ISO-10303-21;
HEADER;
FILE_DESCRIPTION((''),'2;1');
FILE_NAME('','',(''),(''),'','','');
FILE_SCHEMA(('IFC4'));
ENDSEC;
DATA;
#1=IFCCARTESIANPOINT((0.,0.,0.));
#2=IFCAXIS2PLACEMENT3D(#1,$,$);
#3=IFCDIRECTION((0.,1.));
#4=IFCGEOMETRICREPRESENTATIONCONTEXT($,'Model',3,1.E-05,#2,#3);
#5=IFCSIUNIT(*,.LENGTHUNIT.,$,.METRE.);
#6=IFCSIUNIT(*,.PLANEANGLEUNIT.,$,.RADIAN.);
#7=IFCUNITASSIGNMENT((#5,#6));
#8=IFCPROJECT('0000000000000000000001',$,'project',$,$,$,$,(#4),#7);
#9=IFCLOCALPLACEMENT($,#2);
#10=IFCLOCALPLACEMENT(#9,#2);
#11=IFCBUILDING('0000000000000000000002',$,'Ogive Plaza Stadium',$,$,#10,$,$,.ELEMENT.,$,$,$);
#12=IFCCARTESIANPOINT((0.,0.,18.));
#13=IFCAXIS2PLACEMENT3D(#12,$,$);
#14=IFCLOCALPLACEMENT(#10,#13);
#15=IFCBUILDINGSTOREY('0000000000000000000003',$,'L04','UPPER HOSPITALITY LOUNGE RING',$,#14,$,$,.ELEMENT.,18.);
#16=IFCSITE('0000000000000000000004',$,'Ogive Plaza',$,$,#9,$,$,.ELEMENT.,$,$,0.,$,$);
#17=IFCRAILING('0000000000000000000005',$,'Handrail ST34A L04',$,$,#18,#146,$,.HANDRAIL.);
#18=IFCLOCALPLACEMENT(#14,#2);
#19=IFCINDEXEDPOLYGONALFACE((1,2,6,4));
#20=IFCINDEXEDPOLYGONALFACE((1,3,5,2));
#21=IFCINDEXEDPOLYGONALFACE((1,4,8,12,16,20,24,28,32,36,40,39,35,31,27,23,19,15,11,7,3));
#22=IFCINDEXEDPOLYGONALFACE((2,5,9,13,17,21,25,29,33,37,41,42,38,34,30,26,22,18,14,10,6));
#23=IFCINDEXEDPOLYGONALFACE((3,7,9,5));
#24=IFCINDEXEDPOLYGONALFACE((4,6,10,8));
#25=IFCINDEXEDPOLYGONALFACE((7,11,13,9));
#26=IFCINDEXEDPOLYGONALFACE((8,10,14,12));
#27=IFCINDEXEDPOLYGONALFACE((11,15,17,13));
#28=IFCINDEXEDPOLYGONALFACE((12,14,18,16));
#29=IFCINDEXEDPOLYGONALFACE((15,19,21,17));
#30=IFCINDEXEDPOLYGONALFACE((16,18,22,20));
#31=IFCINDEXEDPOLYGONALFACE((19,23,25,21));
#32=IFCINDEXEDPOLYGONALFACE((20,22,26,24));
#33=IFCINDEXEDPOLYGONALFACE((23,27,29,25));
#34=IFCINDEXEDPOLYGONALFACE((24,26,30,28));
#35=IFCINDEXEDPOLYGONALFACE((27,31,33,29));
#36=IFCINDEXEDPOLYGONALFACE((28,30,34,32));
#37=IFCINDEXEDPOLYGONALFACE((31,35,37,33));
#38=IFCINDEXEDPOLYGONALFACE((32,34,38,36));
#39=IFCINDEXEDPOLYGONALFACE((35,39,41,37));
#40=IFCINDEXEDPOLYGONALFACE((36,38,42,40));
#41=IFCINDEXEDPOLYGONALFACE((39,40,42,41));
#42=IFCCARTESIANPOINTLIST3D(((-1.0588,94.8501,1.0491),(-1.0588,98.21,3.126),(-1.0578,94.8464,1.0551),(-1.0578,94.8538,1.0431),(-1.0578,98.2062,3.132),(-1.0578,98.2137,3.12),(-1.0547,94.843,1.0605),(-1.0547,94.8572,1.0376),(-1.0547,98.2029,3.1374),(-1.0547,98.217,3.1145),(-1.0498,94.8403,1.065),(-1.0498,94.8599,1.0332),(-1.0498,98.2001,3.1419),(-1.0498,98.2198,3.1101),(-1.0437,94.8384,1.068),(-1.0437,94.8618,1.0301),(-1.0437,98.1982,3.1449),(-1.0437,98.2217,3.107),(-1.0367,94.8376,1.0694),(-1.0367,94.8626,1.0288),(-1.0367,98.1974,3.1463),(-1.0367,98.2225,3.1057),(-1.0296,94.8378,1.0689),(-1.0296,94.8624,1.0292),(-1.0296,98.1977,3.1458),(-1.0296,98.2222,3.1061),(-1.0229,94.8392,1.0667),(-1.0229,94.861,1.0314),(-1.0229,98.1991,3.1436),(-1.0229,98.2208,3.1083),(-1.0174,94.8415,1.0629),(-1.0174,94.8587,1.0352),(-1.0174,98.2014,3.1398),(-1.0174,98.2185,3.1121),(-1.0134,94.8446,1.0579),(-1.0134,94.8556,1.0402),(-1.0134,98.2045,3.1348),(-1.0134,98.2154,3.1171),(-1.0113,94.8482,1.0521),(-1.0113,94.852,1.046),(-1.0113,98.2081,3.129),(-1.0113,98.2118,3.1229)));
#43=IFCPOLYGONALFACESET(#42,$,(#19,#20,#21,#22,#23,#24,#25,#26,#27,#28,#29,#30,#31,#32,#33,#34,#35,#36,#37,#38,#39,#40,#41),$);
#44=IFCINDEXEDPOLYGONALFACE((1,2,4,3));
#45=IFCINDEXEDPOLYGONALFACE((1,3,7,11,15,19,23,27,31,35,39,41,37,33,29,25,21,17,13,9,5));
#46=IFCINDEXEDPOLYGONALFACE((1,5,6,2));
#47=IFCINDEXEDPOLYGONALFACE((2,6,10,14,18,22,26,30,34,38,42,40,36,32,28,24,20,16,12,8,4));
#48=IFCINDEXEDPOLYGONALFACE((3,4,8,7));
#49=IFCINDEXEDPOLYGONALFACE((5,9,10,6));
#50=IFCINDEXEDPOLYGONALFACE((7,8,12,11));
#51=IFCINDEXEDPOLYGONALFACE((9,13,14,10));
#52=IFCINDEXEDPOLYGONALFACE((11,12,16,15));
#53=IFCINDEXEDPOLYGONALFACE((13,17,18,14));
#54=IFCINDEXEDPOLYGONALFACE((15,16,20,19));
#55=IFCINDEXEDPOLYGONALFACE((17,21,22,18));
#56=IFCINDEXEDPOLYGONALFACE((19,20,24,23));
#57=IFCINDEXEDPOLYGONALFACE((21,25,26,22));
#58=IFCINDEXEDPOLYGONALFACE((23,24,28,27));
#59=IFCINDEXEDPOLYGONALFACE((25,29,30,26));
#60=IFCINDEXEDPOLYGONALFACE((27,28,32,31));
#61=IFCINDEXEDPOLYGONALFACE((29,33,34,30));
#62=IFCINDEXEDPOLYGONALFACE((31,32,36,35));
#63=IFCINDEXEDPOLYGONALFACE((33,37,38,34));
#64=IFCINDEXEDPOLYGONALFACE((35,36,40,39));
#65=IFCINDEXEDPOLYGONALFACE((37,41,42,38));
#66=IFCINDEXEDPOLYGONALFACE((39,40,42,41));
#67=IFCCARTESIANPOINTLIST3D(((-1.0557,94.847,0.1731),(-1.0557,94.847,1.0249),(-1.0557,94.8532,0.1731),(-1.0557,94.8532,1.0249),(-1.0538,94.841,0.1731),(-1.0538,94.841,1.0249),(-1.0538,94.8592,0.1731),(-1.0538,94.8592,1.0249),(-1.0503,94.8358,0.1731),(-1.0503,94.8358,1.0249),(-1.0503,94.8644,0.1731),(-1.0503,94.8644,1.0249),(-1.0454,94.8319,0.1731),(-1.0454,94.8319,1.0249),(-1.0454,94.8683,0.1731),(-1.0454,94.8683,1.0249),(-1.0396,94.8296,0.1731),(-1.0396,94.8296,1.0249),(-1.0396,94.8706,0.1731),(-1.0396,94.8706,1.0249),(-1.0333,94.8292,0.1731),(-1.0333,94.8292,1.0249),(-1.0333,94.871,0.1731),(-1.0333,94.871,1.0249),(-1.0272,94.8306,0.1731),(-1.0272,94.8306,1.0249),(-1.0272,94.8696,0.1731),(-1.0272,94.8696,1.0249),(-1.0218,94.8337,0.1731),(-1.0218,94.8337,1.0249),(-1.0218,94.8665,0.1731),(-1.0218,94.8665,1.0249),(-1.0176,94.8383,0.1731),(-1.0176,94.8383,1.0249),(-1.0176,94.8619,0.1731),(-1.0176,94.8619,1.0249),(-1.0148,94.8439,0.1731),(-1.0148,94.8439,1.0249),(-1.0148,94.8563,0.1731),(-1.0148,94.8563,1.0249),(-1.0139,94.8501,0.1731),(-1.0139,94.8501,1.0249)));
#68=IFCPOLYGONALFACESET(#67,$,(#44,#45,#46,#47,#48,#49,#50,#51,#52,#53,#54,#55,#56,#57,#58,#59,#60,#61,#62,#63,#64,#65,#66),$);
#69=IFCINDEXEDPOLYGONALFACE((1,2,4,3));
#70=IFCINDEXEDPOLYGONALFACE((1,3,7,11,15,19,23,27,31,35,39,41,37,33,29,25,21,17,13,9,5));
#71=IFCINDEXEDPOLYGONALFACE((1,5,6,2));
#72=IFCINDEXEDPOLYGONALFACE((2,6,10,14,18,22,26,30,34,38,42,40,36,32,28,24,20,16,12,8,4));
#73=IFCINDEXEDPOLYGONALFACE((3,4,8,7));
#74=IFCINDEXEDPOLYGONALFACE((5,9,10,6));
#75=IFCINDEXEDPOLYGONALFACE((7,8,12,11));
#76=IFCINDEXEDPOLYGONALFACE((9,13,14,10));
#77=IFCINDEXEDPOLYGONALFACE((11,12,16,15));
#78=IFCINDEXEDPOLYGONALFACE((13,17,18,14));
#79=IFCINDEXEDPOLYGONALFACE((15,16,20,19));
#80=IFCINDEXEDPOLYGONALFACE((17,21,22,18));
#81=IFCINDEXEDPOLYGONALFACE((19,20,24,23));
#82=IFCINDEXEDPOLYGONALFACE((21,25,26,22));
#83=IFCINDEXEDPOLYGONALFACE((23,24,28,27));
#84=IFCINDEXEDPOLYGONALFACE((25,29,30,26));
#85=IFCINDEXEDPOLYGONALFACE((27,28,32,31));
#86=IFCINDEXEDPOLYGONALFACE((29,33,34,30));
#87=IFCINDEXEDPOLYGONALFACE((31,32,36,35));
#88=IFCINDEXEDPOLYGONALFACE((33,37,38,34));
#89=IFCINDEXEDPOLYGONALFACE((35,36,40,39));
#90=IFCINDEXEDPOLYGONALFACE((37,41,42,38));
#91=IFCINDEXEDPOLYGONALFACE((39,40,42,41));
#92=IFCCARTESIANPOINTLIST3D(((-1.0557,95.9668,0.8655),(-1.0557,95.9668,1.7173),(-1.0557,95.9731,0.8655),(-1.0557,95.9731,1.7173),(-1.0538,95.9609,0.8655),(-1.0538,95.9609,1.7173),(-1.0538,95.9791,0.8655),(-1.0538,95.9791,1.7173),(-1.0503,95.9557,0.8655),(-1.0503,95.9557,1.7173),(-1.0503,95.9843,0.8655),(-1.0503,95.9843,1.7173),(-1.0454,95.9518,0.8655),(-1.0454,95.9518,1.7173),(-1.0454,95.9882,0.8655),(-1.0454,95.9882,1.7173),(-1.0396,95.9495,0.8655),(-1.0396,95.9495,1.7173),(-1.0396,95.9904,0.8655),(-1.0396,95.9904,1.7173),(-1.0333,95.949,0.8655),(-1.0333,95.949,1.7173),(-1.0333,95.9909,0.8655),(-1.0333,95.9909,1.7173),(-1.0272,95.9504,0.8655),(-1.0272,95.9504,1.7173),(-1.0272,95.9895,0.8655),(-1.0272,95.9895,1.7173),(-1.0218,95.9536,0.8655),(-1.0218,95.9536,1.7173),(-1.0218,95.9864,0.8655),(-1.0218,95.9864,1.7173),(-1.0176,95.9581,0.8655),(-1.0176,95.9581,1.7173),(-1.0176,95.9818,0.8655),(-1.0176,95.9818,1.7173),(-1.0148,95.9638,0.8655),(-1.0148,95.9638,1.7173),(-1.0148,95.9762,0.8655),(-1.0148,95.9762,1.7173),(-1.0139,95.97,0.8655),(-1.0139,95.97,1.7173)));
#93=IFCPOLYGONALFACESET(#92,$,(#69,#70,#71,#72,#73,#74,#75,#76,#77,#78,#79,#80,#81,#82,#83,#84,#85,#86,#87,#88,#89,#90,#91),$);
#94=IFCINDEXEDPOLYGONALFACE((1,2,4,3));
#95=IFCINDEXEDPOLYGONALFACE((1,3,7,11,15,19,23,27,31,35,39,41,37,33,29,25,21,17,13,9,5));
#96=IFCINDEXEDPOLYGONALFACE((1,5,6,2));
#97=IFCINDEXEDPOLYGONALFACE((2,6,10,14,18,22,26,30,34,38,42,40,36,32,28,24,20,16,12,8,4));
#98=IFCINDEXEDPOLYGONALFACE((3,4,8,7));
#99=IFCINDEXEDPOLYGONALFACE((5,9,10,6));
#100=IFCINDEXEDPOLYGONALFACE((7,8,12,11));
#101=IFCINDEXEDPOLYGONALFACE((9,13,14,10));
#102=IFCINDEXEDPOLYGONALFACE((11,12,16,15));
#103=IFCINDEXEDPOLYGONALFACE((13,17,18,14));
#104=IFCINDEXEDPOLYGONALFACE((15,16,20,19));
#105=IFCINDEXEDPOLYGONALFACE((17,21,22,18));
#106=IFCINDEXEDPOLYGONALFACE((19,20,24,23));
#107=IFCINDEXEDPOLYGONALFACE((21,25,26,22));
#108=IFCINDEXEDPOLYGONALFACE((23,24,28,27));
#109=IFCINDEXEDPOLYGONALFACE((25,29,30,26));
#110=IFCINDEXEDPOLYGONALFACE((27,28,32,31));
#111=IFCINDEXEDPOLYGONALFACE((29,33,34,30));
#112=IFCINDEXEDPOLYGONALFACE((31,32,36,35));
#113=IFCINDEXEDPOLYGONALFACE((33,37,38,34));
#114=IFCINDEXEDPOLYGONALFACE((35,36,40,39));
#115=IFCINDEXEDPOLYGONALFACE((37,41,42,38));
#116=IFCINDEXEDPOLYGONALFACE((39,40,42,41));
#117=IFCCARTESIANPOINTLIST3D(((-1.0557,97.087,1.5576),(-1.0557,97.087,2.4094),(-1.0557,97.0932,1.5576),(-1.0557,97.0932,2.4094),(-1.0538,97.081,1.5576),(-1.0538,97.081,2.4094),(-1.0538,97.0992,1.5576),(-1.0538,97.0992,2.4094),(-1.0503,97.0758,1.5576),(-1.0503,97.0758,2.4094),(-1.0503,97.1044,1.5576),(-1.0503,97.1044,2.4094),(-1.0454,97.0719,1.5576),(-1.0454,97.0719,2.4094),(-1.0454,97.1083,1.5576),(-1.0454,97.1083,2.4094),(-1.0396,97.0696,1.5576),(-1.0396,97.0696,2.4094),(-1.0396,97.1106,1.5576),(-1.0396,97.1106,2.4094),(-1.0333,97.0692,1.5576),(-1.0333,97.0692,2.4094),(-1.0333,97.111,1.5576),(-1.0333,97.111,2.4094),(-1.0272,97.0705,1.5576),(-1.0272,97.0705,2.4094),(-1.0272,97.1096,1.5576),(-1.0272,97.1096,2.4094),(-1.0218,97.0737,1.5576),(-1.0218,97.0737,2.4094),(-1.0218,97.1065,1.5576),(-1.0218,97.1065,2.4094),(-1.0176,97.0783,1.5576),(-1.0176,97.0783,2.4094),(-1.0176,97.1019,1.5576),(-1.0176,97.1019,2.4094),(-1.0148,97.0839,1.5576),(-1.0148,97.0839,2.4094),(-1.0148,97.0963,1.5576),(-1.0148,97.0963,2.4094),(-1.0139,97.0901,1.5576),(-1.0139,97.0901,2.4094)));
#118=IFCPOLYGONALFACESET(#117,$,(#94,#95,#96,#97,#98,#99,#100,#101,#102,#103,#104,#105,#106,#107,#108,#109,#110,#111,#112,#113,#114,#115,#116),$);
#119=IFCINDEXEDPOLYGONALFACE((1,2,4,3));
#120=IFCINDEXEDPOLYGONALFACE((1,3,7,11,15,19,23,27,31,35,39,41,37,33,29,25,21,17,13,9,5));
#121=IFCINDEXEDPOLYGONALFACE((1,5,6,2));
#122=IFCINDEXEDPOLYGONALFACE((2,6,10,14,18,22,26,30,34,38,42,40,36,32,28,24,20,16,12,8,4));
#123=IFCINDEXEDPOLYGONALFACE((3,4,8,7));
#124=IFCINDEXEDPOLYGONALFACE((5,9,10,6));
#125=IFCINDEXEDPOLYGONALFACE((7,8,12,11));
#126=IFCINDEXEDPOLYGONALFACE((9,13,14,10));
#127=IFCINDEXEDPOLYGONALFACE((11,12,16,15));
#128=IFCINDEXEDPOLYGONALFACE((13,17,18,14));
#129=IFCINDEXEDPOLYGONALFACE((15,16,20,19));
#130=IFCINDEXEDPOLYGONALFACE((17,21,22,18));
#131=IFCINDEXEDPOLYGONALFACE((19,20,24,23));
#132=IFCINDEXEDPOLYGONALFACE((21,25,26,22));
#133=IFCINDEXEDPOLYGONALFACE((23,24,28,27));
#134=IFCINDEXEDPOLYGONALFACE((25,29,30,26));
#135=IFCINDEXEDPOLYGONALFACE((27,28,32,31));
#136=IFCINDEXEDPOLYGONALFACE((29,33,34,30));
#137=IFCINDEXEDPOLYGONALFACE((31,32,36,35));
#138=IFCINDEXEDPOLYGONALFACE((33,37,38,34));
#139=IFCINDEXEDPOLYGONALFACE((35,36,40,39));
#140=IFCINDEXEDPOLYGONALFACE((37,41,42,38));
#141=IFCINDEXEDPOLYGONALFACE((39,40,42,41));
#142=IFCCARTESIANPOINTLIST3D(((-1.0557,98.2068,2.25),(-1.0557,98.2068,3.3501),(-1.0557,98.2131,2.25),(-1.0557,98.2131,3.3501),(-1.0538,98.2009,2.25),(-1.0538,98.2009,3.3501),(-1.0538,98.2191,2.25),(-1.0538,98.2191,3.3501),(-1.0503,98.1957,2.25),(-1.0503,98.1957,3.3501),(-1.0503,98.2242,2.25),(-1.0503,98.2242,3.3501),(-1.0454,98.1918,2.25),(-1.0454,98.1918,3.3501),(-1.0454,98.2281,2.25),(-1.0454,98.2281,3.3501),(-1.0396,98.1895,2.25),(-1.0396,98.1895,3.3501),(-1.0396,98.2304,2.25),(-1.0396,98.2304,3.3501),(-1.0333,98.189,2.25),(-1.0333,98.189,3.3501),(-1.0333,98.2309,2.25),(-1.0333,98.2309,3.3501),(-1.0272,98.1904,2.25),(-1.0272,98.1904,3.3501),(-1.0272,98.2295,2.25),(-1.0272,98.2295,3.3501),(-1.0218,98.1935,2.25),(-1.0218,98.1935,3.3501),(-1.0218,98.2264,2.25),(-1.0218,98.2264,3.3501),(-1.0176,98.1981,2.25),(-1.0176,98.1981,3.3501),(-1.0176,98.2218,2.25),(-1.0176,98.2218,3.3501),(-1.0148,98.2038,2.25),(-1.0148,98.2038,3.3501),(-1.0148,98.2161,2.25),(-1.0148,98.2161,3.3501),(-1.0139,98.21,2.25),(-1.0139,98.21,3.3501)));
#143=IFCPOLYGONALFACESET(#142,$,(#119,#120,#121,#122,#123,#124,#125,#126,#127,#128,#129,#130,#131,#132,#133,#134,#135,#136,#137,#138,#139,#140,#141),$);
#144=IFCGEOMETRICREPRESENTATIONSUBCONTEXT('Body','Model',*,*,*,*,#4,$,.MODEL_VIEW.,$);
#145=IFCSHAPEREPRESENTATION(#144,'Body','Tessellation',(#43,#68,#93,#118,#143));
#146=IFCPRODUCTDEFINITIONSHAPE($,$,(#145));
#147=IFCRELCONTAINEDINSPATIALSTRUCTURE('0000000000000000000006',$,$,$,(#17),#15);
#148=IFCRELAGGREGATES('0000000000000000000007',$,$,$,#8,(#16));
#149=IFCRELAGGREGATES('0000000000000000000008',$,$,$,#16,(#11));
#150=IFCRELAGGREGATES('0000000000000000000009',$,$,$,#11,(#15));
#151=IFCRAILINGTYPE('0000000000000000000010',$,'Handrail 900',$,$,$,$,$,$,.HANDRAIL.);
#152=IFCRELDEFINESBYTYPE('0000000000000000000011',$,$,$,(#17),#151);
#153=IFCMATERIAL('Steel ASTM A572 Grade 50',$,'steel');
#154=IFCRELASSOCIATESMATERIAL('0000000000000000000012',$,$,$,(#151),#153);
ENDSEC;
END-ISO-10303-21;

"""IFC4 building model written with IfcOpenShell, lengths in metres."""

from ifc_helpers import new_model, si_unit, direction, frame, origin, origin_2d, place, context, subcontext, project, spatial, circle, extrude, material, type_object, element, save


model = new_model("IFC4")

# Units and contexts
model_context = context("Model", 3, precision=1e-05, world=origin(), true_north=direction((0.0, 1.0)))
body_context = subcontext(model_context, "Body", "Model", "MODEL_VIEW")
ifc_project = project(units=[si_unit("LENGTHUNIT", "METRE"), si_unit("PLANEANGLEUNIT", "RADIAN")], contexts=[model_context])

# Site, building, storey
site_placement = place(None, origin())
site = spatial("IfcSite", under=ifc_project, at=site_placement, Name="Ogive Plaza", CompositionType="ELEMENT", RefElevation=0.0)
building_placement = place(site_placement, origin())
building = spatial("IfcBuilding", under=site, at=building_placement, Name="Ogive Plaza Stadium", CompositionType="ELEMENT")
storey_placement = place(building_placement, frame((0.0, 0.0, 18.0)))
storey = spatial("IfcBuildingStorey", under=building, at=storey_placement, Name="L04", Description="UPPER HOSPITALITY LOUNGE RING", CompositionType="ELEMENT", Elevation=18.0)

# Railing
ifc_material_1 = material(Name="Steel ASTM A572 Grade 50", Category="steel")
railing_type_1 = type_object("IfcRailingType", Name="Handrail 900", PredefinedType="HANDRAIL", material=ifc_material_1)
for number, where, name in (
    (1, (-1.0349, 94.8501, 0.1731), "Handrail ST34A L04"),
):
    element("IfcRailing", number, at=place(storey_placement, frame(where)), inside=storey, type_object=railing_type_1, Name=name, PredefinedType="HANDRAIL", context=body_context, shape_type="SweptSolid", body=[
        extrude(circle(Radius=0.0239, at=origin_2d()), frame((0.0, 0.0, 0.876), z_axis=(0.0, 0.850606, 0.525803), x_axis=(-1.0, 0.0, 0.0)), (0.0, 0.0, 1.0), 3.95),
        extrude(circle(Radius=0.021, at=origin_2d()), origin(), (0.0, 0.0, 1.0), 0.8518),
        extrude(circle(Radius=0.021, at=origin_2d()), frame((0.0, 1.1199, 0.6924)), (0.0, 0.0, 1.0), 0.8518),
        extrude(circle(Radius=0.021, at=origin_2d()), frame((0.0, 2.24, 1.3845)), (0.0, 0.0, 1.0), 0.8518),
        extrude(circle(Radius=0.021, at=origin_2d()), frame((0.0, 3.3599, 2.0769)), (0.0, 0.0, 1.0), 1.1001),
    ])

save(model, "model.ifc")
